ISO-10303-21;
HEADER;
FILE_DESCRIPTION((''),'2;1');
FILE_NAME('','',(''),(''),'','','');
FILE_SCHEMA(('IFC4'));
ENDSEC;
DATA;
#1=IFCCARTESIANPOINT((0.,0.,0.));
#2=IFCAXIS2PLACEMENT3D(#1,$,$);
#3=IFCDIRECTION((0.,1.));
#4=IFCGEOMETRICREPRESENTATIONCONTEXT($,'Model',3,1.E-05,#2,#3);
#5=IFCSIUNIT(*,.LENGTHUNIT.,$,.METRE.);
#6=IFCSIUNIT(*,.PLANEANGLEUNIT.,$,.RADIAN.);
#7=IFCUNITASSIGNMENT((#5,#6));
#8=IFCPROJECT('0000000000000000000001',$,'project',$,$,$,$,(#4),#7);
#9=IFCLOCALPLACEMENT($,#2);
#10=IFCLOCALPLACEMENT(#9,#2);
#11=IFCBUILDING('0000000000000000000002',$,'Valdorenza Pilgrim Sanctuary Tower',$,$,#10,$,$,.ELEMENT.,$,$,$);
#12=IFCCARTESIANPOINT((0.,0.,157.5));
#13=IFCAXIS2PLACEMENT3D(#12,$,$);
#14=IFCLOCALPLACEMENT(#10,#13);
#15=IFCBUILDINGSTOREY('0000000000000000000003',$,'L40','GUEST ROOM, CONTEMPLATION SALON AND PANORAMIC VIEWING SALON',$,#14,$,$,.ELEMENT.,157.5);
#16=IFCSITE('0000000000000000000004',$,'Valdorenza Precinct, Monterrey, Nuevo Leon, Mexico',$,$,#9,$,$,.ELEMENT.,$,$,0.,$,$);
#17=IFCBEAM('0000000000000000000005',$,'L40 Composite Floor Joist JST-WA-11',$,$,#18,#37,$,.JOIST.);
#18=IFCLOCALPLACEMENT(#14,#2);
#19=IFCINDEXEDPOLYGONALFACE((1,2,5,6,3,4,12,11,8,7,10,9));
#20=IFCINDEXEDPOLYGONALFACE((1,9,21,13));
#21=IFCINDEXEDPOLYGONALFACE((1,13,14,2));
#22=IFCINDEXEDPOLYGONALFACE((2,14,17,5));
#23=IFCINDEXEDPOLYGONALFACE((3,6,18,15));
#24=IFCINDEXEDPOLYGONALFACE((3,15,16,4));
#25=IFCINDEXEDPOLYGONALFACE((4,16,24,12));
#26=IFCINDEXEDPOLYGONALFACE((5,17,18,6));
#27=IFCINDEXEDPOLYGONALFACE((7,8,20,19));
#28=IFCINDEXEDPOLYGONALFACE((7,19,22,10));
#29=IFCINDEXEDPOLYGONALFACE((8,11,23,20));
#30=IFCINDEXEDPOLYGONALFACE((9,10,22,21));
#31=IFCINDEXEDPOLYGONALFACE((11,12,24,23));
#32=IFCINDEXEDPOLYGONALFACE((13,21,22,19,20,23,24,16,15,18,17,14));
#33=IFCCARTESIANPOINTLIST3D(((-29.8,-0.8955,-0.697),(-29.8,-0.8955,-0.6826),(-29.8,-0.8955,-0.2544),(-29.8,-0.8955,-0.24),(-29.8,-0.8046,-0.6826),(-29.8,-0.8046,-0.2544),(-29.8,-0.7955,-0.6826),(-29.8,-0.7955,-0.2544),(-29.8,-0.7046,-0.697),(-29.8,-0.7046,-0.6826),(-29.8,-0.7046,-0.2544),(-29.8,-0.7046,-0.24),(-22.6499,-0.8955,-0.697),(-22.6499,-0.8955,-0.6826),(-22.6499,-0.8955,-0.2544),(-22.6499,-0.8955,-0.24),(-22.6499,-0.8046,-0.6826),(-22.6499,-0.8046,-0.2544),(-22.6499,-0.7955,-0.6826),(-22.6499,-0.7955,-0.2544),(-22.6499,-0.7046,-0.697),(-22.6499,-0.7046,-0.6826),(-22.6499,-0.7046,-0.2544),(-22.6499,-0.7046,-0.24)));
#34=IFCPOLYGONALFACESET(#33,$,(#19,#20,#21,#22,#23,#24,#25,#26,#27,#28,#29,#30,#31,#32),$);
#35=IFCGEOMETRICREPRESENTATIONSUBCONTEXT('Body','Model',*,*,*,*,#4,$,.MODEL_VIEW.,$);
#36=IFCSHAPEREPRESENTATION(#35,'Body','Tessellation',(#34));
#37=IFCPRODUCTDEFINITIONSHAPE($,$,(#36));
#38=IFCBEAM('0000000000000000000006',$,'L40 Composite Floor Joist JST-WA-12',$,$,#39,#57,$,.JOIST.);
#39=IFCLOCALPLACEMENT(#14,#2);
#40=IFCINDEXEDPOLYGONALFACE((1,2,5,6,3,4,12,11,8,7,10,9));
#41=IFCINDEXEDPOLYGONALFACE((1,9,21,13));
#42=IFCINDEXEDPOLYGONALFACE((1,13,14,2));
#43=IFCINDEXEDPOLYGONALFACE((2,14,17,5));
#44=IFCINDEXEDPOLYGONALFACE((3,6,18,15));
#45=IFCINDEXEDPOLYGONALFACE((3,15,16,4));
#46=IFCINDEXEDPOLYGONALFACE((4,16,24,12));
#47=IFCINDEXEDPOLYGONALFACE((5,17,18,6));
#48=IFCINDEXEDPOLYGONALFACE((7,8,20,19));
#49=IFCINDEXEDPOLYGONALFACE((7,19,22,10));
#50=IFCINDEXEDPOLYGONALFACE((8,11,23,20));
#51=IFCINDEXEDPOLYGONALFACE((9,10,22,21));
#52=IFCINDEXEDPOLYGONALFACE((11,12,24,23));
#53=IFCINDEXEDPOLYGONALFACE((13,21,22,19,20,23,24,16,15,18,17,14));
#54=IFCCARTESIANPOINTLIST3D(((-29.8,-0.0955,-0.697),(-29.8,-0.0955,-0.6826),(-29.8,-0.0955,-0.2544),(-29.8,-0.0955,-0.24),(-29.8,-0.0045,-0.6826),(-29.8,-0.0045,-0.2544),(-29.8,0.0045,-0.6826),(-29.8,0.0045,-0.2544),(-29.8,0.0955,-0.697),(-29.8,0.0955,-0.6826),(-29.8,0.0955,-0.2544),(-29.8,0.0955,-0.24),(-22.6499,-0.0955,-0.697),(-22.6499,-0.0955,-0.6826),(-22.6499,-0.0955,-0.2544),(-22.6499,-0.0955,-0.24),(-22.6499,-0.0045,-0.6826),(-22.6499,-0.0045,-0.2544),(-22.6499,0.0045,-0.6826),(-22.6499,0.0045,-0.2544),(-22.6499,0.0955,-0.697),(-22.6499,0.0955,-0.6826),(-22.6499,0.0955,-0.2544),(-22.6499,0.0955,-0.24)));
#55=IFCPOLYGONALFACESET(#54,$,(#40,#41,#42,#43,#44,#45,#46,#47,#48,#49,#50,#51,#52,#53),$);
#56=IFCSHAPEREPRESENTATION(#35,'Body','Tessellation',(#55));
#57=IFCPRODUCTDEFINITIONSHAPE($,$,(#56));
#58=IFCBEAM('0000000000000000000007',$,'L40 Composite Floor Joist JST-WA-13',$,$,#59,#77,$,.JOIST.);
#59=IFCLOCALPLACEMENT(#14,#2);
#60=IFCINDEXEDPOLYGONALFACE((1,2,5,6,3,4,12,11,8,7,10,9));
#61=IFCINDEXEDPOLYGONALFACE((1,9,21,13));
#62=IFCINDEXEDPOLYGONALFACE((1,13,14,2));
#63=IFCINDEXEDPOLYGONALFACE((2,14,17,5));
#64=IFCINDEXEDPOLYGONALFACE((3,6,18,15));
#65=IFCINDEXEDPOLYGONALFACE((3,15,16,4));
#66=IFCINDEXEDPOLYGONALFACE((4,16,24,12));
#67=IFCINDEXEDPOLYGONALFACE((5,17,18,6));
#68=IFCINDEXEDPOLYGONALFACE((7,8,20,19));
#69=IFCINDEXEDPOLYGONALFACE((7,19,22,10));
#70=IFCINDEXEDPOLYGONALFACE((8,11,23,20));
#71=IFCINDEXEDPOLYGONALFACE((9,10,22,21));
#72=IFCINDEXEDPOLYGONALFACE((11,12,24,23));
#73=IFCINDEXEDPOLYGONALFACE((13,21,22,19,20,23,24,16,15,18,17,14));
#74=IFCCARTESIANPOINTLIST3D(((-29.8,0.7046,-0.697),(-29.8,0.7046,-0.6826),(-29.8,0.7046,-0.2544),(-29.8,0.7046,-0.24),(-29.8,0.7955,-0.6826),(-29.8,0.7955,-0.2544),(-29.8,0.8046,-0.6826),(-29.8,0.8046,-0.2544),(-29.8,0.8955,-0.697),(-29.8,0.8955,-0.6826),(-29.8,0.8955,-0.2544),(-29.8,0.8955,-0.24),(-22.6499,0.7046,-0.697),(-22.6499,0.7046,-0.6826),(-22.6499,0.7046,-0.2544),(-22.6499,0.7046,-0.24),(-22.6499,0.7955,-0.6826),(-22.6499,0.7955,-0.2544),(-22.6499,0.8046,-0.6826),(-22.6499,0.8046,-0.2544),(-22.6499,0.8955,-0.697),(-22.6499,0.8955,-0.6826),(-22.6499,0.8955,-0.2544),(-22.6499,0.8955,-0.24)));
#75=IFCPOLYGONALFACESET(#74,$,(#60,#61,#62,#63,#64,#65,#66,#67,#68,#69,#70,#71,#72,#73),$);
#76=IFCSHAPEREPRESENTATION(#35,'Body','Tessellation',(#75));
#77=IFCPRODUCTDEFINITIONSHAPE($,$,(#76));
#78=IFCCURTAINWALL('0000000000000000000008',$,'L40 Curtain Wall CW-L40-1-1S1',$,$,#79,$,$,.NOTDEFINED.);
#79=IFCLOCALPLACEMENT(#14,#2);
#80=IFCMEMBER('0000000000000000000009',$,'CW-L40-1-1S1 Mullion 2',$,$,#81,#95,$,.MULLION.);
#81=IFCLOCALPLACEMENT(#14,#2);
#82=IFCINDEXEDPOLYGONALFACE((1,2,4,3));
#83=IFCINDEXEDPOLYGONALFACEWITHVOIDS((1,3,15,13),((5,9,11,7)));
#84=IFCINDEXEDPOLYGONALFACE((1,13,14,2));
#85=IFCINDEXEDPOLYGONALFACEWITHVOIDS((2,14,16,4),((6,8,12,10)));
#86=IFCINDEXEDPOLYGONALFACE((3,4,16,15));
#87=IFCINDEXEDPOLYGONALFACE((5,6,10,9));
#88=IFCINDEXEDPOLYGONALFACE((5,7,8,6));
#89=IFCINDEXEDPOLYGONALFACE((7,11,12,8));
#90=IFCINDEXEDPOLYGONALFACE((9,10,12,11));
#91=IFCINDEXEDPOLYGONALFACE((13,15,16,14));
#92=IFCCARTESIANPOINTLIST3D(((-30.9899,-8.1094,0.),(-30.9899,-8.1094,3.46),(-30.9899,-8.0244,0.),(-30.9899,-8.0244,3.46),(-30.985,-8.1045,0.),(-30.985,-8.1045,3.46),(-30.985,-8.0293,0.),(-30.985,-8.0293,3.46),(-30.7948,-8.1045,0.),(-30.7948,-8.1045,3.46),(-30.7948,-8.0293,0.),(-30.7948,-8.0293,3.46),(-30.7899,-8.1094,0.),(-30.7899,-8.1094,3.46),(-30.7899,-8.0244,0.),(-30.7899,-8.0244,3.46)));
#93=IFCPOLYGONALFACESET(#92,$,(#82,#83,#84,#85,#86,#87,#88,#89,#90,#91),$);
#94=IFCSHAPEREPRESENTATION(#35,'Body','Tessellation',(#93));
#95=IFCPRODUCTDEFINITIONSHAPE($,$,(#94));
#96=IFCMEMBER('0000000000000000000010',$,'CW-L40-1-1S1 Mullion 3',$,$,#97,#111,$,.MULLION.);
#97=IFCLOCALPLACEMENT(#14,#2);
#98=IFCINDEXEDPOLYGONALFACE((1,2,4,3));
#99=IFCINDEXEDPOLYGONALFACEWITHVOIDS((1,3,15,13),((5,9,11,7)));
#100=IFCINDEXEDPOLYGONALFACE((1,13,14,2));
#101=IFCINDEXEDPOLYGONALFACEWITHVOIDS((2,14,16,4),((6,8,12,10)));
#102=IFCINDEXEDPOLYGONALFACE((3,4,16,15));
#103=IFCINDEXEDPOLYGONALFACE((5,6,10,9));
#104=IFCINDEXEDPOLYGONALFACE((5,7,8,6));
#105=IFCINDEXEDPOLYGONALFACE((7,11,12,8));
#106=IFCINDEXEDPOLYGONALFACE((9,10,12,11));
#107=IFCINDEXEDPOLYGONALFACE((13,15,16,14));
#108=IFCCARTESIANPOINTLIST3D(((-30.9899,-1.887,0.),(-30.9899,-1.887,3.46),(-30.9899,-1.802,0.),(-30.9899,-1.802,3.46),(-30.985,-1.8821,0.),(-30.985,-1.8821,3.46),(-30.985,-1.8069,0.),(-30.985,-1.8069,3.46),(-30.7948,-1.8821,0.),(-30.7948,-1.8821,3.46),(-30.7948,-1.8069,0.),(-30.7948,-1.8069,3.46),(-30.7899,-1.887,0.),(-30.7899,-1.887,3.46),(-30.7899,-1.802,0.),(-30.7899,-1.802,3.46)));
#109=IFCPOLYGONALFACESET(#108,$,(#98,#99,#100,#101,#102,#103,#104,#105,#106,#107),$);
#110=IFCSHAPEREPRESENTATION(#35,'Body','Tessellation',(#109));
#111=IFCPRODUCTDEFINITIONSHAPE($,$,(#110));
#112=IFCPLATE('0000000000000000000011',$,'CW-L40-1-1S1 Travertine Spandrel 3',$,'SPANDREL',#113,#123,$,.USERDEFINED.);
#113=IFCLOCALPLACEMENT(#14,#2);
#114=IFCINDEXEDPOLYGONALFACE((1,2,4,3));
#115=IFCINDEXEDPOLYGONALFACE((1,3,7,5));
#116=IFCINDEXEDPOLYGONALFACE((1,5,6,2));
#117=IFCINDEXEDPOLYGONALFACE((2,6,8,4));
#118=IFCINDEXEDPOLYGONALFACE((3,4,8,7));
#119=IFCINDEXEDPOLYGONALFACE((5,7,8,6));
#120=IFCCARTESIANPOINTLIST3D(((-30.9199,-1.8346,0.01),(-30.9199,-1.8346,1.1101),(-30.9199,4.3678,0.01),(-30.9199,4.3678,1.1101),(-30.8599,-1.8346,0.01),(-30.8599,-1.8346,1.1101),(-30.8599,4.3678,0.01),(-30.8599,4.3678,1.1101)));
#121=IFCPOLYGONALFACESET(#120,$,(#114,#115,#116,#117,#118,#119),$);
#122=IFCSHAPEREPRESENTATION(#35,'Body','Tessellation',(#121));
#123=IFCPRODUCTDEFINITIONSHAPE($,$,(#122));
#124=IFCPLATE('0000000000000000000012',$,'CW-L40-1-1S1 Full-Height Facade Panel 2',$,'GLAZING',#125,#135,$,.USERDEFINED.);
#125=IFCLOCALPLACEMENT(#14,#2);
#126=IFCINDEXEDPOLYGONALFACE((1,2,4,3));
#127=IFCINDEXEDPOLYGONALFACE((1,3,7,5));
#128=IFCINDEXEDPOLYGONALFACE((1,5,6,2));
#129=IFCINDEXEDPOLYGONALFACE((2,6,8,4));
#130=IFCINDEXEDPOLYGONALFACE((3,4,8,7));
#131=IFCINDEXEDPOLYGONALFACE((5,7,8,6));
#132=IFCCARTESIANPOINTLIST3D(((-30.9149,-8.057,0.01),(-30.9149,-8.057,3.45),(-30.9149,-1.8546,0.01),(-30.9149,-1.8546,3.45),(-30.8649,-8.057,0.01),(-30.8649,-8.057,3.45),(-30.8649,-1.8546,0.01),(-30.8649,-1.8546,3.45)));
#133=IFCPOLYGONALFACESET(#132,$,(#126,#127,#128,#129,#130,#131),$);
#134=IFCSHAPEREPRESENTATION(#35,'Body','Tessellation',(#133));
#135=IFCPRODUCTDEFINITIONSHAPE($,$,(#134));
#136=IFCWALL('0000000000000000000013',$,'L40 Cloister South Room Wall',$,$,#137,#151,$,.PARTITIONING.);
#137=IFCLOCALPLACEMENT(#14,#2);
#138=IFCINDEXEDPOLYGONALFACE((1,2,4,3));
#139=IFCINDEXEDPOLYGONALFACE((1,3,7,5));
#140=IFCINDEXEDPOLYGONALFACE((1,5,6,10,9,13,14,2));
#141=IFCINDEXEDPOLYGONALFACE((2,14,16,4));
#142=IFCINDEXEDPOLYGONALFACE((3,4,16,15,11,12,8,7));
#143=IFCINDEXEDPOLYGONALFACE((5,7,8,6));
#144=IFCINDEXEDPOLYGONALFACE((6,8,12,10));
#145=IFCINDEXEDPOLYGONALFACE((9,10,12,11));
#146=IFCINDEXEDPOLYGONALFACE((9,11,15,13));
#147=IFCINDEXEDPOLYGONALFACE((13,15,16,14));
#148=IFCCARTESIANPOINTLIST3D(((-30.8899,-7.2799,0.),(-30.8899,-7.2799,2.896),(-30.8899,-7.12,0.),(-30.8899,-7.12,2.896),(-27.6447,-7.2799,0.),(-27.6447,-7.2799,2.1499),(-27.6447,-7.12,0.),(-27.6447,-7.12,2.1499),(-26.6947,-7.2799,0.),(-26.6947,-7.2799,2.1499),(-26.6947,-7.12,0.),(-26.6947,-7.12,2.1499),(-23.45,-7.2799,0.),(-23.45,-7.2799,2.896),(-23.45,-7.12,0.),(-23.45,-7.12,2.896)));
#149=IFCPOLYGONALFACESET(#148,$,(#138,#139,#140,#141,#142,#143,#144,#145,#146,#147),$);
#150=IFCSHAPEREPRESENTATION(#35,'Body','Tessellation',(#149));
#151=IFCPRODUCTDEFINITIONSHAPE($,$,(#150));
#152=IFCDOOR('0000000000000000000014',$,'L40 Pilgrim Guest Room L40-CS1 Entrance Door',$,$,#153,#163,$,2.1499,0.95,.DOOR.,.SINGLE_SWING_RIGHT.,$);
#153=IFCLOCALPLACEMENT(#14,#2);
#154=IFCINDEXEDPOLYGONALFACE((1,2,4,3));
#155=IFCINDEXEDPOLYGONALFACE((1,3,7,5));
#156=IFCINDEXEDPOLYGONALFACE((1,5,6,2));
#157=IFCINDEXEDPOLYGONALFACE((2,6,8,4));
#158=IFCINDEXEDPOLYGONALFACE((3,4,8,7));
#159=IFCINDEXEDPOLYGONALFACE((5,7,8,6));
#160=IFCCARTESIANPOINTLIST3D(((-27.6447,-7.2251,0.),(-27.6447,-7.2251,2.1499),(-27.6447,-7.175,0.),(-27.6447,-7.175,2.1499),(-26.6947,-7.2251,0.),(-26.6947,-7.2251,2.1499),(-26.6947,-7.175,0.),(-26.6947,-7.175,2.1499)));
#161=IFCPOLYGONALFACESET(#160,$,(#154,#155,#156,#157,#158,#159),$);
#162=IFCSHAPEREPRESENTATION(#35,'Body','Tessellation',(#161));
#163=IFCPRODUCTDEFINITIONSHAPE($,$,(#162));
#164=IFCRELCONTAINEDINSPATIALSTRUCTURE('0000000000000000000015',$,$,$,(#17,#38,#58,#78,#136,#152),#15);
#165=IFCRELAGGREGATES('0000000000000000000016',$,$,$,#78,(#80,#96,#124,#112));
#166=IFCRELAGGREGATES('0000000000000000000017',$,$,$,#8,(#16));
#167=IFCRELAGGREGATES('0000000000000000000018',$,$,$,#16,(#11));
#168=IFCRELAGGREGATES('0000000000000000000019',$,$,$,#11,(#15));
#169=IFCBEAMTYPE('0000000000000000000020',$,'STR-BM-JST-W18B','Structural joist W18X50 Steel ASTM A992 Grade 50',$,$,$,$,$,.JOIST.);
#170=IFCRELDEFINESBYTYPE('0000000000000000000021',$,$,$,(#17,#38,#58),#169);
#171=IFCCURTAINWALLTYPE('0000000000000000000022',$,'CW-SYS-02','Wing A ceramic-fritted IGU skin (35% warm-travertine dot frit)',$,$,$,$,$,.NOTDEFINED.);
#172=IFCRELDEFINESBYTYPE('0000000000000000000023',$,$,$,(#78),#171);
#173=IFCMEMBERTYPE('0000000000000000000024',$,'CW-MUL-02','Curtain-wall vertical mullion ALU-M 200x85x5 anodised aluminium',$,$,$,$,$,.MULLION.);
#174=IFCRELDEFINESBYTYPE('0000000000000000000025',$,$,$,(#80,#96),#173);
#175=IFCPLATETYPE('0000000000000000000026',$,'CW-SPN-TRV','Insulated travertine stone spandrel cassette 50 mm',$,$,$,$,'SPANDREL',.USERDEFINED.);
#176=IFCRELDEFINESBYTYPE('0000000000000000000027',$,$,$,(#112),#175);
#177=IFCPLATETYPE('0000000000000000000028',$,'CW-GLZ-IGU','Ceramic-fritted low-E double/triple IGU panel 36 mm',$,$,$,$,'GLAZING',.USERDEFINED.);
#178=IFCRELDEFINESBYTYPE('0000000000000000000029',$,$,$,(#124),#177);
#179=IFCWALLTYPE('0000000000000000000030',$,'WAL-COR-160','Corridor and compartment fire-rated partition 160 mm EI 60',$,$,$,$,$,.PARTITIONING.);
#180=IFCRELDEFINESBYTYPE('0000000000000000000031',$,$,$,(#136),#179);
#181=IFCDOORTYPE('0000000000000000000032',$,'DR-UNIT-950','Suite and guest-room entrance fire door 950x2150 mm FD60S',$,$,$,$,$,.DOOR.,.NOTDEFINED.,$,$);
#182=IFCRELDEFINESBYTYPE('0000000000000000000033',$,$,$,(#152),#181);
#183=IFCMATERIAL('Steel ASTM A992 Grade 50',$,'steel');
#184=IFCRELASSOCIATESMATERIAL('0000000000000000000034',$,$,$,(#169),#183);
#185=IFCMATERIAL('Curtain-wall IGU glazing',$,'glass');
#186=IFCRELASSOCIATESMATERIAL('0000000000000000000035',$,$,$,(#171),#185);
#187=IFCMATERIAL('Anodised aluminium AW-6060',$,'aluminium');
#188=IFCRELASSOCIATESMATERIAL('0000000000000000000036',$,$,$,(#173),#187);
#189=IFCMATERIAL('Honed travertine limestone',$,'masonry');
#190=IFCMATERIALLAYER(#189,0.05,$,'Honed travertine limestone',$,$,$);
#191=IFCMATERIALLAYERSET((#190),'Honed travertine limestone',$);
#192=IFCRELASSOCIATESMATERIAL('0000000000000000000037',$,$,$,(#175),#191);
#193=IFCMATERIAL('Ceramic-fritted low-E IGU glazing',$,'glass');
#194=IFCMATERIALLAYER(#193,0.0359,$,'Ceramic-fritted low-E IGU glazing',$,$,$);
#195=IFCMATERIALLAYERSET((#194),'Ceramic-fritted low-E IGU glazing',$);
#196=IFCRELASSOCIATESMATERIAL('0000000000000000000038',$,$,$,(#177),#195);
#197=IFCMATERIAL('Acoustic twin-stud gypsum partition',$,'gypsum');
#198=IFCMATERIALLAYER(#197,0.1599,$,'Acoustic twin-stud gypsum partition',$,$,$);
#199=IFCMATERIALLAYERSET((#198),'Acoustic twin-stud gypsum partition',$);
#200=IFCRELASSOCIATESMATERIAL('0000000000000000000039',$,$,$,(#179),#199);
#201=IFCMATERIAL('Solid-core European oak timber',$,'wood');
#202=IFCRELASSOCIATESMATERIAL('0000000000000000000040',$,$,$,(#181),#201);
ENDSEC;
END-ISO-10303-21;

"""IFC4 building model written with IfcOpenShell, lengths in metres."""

from ifc_helpers import new_model, si_unit, direction, frame, frame_2d, origin, origin_2d, place, context, subcontext, project, spatial, rectangle, hollow_rectangle, i_section, extrude, source, transform, mapped, material, layer, layer_set, material_profile, profile_set, type_object, element, fill, aggregate, save


model = new_model("IFC4")

# Units and contexts
model_context = context("Model", 3, precision=1e-05, world=origin(), true_north=direction((0.0, 1.0)))
body_context = subcontext(model_context, "Body", "Model", "MODEL_VIEW")
ifc_project = project(units=[si_unit("LENGTHUNIT", "METRE"), si_unit("PLANEANGLEUNIT", "RADIAN")], contexts=[model_context])

# Site, building, storey
site_placement = place(None, origin())
site = spatial("IfcSite", under=ifc_project, at=site_placement, Name="Valdorenza Precinct, Monterrey, Nuevo Leon, Mexico", CompositionType="ELEMENT", RefElevation=0.0)
building_placement = place(site_placement, origin())
building = spatial("IfcBuilding", under=site, at=building_placement, Name="Valdorenza Pilgrim Sanctuary Tower", CompositionType="ELEMENT")
storey_placement = place(building_placement, frame((0.0, 0.0, 157.5)))
storey = spatial("IfcBuildingStorey", under=building, at=storey_placement, Name="L40", Description="GUEST ROOM, CONTEMPLATION SALON AND PANORAMIC VIEWING SALON", CompositionType="ELEMENT", Elevation=157.5)

# Beams
ifc_material_1 = material(Name="Steel ASTM A992 Grade 50", Category="steel")
ifc_material_profile_1 = material_profile(ifc_material_1, i_section(OverallWidth=0.1909, OverallDepth=0.457, WebThickness=0.009, FlangeThickness=0.0144, at=origin_2d()), Name="W18X50")
ifc_profile_set_1 = profile_set([ifc_material_profile_1], Name="Steel ASTM A992 Grade 50")
beam_type_1 = type_object("IfcBeamType", Name="STR-BM-JST-W18B", Description="Structural joist W18X50 Steel ASTM A992 Grade 50", PredefinedType="JOIST", material=ifc_profile_set_1)
shared_shape_1 = source(origin(), body_context, "Body", "SweptSolid", [
    extrude(i_section(OverallWidth=0.1909, OverallDepth=0.457, WebThickness=0.009, FlangeThickness=0.0144, at=origin_2d()), origin(), (0.0, 0.0, 1.0), 7.1501),
])
for number, where, z_axis, x_axis, name in (
    (1, (-29.8, -0.8, -0.4685), (1.0, 0.0, 0.0), (0.0, 1.0, 0.0), "L40 Composite Floor Joist JST-WA-11"),
    (2, (-29.8, 0.0, -0.4685), (1.0, 0.0, 0.0), (0.0, 1.0, 0.0), "L40 Composite Floor Joist JST-WA-12"),
    (3, (-29.8, 0.8, -0.4685), (1.0, 0.0, 0.0), (0.0, 1.0, 0.0), "L40 Composite Floor Joist JST-WA-13"),
):
    element("IfcBeam", number, at=place(storey_placement, frame(where, z_axis=z_axis, x_axis=x_axis)), inside=storey, type_object=beam_type_1, Name=name, PredefinedType="JOIST", context=body_context, shape_type="MappedRepresentation", body=[
        mapped(shared_shape_1, transform((0.0, 0.0, 0.0), x_axis=(1.0, 0.0, 0.0), y_axis=(0.0, 1.0, 0.0), z_axis=(0.0, 0.0, 1.0), scale=1.0)),
    ])

# Curtain wall, members, plates
ifc_material_2 = material(Name="Curtain-wall IGU glazing", Category="glass")
curtain_wall_type = type_object("IfcCurtainWallType", Name="CW-SYS-02", Description="Wing A ceramic-fritted IGU skin (35% warm-travertine dot frit)", PredefinedType="NOTDEFINED", material=ifc_material_2)
curtain_wall_placement = place(storey_placement, origin())
curtain_wall = element("IfcCurtainWall", 4, at=curtain_wall_placement, inside=storey, type_object=curtain_wall_type, Name="L40 Curtain Wall CW-L40-1-1S1", PredefinedType="NOTDEFINED")
ifc_material_3 = material(Name="Anodised aluminium AW-6060", Category="aluminium")
ifc_material_profile_2 = material_profile(ifc_material_3, hollow_rectangle(XDim=0.085, YDim=0.2, WallThickness=0.0049, at=origin_2d()), Name="ALU-M 200x85x5")
ifc_profile_set_2 = profile_set([ifc_material_profile_2], Name="Anodised aluminium AW-6060")
member_type = type_object("IfcMemberType", Name="CW-MUL-02", Description="Curtain-wall vertical mullion ALU-M 200x85x5 anodised aluminium", PredefinedType="MULLION", material=ifc_profile_set_2)
shared_shape_2 = source(origin(), body_context, "Body", "SweptSolid", [
    extrude(hollow_rectangle(XDim=0.085, YDim=0.2, WallThickness=0.0049, at=origin_2d()), origin(), (0.0, 0.0, 1.0), 3.46),
])
member_1_placement = place(storey_placement, frame((-30.8899, -8.0669, 0.0), z_axis=(0.0, 0.0, 1.0), x_axis=(0.0, 1.0, 0.0)))
member_1 = element("IfcMember", 5, at=member_1_placement, type_object=member_type, Name="CW-L40-1-1S1 Mullion 2", PredefinedType="MULLION", context=body_context, shape_type="MappedRepresentation", body=[
    mapped(shared_shape_2, transform((0.0, 0.0, 0.0), x_axis=(1.0, 0.0, 0.0), y_axis=(0.0, 1.0, 0.0), z_axis=(0.0, 0.0, 1.0), scale=1.0)),
])
member_2_placement = place(storey_placement, frame((-30.8899, -1.8445, 0.0), z_axis=(0.0, 0.0, 1.0), x_axis=(0.0, 1.0, 0.0)))
member_2 = element("IfcMember", 6, at=member_2_placement, type_object=member_type, Name="CW-L40-1-1S1 Mullion 3", PredefinedType="MULLION", context=body_context, shape_type="MappedRepresentation", body=[
    mapped(shared_shape_2, transform((0.0, 0.0, 0.0), x_axis=(1.0, 0.0, 0.0), y_axis=(0.0, 1.0, 0.0), z_axis=(0.0, 0.0, 1.0), scale=1.0)),
])
ifc_material_4 = material(Name="Honed travertine limestone", Category="masonry")
ifc_layer_1 = layer(ifc_material_4, 0.05, Name="Honed travertine limestone")
ifc_layer_set_1 = layer_set([ifc_layer_1], Name="Honed travertine limestone")
plate_type_1 = type_object("IfcPlateType", Name="CW-SPN-TRV", Description="Insulated travertine stone spandrel cassette 50 mm", ElementType="SPANDREL", PredefinedType="USERDEFINED", material=ifc_layer_set_1)
shared_shape_3 = source(origin(), body_context, "Body", "SweptSolid", [
    extrude(rectangle(XDim=6.2024, YDim=0.0601, at=origin_2d()), origin(), (0.0, 0.0, 1.0), 1.1001),
])
plate_1_placement = place(storey_placement, frame((-30.8899, 1.2666, 0.01), z_axis=(0.0, 0.0, 1.0), x_axis=(0.0, 1.0, 0.0)))
plate_1 = element("IfcPlate", 7, at=plate_1_placement, type_object=plate_type_1, Name="CW-L40-1-1S1 Travertine Spandrel 3", ObjectType="SPANDREL", PredefinedType="USERDEFINED", context=body_context, shape_type="MappedRepresentation", body=[
    mapped(shared_shape_3, transform((0.0, 0.0, 0.0), x_axis=(1.0, 0.0, 0.0), y_axis=(0.0, 1.0, 0.0), z_axis=(0.0, 0.0, 1.0), scale=1.0)),
])
ifc_material_5 = material(Name="Ceramic-fritted low-E IGU glazing", Category="glass")
ifc_layer_2 = layer(ifc_material_5, 0.0359, Name="Ceramic-fritted low-E IGU glazing")
ifc_layer_set_2 = layer_set([ifc_layer_2], Name="Ceramic-fritted low-E IGU glazing")
plate_type_2 = type_object("IfcPlateType", Name="CW-GLZ-IGU", Description="Ceramic-fritted low-E double/triple IGU panel 36 mm", ElementType="GLAZING", PredefinedType="USERDEFINED", material=ifc_layer_set_2)
shared_shape_4 = source(origin(), body_context, "Body", "SweptSolid", [
    extrude(rectangle(XDim=6.2024, YDim=0.05, at=origin_2d()), origin(), (0.0, 0.0, 1.0), 3.4399),
])
plate_2_placement = place(storey_placement, frame((-30.8899, -4.9558, 0.01), z_axis=(0.0, 0.0, 1.0), x_axis=(0.0, 1.0, 0.0)))
plate_2 = element("IfcPlate", 8, at=plate_2_placement, type_object=plate_type_2, Name="CW-L40-1-1S1 Full-Height Facade Panel 2", ObjectType="GLAZING", PredefinedType="USERDEFINED", context=body_context, shape_type="MappedRepresentation", body=[
    mapped(shared_shape_4, transform((0.0, 0.0, 0.0), x_axis=(1.0, 0.0, 0.0), y_axis=(0.0, 1.0, 0.0), z_axis=(0.0, 0.0, 1.0), scale=1.0)),
])
aggregate(curtain_wall, [member_1, member_2, plate_2, plate_1])

# Wall, opening, door
ifc_material_6 = material(Name="Acoustic twin-stud gypsum partition", Category="gypsum")
ifc_layer_3 = layer(ifc_material_6, 0.1599, Name="Acoustic twin-stud gypsum partition")
ifc_layer_set_3 = layer_set([ifc_layer_3], Name="Acoustic twin-stud gypsum partition")
wall_type_1 = type_object("IfcWallType", Name="WAL-COR-160", Description="Corridor and compartment fire-rated partition 160 mm EI 60", PredefinedType="PARTITIONING", material=ifc_layer_set_3)
wall_1_placement = place(storey_placement, frame((-30.8899, -7.2, 0.0), z_axis=(0.0, 0.0, 1.0), x_axis=(1.0, 0.0, 0.0)))
wall_1 = element("IfcWall", 9, at=wall_1_placement, inside=storey, type_object=wall_type_1, Name="L40 Cloister South Room Wall", PredefinedType="PARTITIONING", context=body_context, shape_type="SweptSolid", body=[
    extrude(rectangle(XDim=7.4399, YDim=0.1599, at=frame_2d((3.72, 0.0))), origin(), (0.0, 0.0, 1.0), 2.896),
])
opening_1_placement = place(wall_1_placement, frame((3.2451, 0.0, 0.0)))
opening_1 = element("IfcOpeningElement", 10, at=opening_1_placement, cuts=wall_1, PredefinedType="OPENING", context=body_context, shape_type="SweptSolid", body=[
    extrude(rectangle(XDim=0.95, YDim=2.1499, at=frame_2d((0.4751, 1.075))), frame((0.0, 0.0947, 0.0), z_axis=(0.0, -1.0, 0.0), x_axis=(1.0, 0.0, 0.0)), (0.0, 0.0, 1.0), 0.1897),
])
ifc_material_7 = material(Name="Solid-core European oak timber", Category="wood")
door_type_1 = type_object("IfcDoorType", Name="DR-UNIT-950", Description="Suite and guest-room entrance fire door 950x2150 mm FD60S", OperationType="NOTDEFINED", PredefinedType="DOOR", material=ifc_material_7)
door_1_placement = place(opening_1_placement, origin())
door_1 = element("IfcDoor", 11, at=door_1_placement, inside=storey, type_object=door_type_1, Name="L40 Pilgrim Guest Room L40-CS1 Entrance Door", OperationType="SINGLE_SWING_RIGHT", OverallHeight=2.1499, OverallWidth=0.95, PredefinedType="DOOR", context=body_context, shape_type="SweptSolid", body=[
    extrude(rectangle(XDim=0.95, YDim=2.1499, at=frame_2d((0.4751, 1.075))), frame((0.0, 0.0249, 0.0), z_axis=(0.0, -1.0, 0.0), x_axis=(1.0, 0.0, 0.0)), (0.0, 0.0, 1.0), 0.05),
])
fill(opening_1, door_1)

save(model, "model.ifc")
